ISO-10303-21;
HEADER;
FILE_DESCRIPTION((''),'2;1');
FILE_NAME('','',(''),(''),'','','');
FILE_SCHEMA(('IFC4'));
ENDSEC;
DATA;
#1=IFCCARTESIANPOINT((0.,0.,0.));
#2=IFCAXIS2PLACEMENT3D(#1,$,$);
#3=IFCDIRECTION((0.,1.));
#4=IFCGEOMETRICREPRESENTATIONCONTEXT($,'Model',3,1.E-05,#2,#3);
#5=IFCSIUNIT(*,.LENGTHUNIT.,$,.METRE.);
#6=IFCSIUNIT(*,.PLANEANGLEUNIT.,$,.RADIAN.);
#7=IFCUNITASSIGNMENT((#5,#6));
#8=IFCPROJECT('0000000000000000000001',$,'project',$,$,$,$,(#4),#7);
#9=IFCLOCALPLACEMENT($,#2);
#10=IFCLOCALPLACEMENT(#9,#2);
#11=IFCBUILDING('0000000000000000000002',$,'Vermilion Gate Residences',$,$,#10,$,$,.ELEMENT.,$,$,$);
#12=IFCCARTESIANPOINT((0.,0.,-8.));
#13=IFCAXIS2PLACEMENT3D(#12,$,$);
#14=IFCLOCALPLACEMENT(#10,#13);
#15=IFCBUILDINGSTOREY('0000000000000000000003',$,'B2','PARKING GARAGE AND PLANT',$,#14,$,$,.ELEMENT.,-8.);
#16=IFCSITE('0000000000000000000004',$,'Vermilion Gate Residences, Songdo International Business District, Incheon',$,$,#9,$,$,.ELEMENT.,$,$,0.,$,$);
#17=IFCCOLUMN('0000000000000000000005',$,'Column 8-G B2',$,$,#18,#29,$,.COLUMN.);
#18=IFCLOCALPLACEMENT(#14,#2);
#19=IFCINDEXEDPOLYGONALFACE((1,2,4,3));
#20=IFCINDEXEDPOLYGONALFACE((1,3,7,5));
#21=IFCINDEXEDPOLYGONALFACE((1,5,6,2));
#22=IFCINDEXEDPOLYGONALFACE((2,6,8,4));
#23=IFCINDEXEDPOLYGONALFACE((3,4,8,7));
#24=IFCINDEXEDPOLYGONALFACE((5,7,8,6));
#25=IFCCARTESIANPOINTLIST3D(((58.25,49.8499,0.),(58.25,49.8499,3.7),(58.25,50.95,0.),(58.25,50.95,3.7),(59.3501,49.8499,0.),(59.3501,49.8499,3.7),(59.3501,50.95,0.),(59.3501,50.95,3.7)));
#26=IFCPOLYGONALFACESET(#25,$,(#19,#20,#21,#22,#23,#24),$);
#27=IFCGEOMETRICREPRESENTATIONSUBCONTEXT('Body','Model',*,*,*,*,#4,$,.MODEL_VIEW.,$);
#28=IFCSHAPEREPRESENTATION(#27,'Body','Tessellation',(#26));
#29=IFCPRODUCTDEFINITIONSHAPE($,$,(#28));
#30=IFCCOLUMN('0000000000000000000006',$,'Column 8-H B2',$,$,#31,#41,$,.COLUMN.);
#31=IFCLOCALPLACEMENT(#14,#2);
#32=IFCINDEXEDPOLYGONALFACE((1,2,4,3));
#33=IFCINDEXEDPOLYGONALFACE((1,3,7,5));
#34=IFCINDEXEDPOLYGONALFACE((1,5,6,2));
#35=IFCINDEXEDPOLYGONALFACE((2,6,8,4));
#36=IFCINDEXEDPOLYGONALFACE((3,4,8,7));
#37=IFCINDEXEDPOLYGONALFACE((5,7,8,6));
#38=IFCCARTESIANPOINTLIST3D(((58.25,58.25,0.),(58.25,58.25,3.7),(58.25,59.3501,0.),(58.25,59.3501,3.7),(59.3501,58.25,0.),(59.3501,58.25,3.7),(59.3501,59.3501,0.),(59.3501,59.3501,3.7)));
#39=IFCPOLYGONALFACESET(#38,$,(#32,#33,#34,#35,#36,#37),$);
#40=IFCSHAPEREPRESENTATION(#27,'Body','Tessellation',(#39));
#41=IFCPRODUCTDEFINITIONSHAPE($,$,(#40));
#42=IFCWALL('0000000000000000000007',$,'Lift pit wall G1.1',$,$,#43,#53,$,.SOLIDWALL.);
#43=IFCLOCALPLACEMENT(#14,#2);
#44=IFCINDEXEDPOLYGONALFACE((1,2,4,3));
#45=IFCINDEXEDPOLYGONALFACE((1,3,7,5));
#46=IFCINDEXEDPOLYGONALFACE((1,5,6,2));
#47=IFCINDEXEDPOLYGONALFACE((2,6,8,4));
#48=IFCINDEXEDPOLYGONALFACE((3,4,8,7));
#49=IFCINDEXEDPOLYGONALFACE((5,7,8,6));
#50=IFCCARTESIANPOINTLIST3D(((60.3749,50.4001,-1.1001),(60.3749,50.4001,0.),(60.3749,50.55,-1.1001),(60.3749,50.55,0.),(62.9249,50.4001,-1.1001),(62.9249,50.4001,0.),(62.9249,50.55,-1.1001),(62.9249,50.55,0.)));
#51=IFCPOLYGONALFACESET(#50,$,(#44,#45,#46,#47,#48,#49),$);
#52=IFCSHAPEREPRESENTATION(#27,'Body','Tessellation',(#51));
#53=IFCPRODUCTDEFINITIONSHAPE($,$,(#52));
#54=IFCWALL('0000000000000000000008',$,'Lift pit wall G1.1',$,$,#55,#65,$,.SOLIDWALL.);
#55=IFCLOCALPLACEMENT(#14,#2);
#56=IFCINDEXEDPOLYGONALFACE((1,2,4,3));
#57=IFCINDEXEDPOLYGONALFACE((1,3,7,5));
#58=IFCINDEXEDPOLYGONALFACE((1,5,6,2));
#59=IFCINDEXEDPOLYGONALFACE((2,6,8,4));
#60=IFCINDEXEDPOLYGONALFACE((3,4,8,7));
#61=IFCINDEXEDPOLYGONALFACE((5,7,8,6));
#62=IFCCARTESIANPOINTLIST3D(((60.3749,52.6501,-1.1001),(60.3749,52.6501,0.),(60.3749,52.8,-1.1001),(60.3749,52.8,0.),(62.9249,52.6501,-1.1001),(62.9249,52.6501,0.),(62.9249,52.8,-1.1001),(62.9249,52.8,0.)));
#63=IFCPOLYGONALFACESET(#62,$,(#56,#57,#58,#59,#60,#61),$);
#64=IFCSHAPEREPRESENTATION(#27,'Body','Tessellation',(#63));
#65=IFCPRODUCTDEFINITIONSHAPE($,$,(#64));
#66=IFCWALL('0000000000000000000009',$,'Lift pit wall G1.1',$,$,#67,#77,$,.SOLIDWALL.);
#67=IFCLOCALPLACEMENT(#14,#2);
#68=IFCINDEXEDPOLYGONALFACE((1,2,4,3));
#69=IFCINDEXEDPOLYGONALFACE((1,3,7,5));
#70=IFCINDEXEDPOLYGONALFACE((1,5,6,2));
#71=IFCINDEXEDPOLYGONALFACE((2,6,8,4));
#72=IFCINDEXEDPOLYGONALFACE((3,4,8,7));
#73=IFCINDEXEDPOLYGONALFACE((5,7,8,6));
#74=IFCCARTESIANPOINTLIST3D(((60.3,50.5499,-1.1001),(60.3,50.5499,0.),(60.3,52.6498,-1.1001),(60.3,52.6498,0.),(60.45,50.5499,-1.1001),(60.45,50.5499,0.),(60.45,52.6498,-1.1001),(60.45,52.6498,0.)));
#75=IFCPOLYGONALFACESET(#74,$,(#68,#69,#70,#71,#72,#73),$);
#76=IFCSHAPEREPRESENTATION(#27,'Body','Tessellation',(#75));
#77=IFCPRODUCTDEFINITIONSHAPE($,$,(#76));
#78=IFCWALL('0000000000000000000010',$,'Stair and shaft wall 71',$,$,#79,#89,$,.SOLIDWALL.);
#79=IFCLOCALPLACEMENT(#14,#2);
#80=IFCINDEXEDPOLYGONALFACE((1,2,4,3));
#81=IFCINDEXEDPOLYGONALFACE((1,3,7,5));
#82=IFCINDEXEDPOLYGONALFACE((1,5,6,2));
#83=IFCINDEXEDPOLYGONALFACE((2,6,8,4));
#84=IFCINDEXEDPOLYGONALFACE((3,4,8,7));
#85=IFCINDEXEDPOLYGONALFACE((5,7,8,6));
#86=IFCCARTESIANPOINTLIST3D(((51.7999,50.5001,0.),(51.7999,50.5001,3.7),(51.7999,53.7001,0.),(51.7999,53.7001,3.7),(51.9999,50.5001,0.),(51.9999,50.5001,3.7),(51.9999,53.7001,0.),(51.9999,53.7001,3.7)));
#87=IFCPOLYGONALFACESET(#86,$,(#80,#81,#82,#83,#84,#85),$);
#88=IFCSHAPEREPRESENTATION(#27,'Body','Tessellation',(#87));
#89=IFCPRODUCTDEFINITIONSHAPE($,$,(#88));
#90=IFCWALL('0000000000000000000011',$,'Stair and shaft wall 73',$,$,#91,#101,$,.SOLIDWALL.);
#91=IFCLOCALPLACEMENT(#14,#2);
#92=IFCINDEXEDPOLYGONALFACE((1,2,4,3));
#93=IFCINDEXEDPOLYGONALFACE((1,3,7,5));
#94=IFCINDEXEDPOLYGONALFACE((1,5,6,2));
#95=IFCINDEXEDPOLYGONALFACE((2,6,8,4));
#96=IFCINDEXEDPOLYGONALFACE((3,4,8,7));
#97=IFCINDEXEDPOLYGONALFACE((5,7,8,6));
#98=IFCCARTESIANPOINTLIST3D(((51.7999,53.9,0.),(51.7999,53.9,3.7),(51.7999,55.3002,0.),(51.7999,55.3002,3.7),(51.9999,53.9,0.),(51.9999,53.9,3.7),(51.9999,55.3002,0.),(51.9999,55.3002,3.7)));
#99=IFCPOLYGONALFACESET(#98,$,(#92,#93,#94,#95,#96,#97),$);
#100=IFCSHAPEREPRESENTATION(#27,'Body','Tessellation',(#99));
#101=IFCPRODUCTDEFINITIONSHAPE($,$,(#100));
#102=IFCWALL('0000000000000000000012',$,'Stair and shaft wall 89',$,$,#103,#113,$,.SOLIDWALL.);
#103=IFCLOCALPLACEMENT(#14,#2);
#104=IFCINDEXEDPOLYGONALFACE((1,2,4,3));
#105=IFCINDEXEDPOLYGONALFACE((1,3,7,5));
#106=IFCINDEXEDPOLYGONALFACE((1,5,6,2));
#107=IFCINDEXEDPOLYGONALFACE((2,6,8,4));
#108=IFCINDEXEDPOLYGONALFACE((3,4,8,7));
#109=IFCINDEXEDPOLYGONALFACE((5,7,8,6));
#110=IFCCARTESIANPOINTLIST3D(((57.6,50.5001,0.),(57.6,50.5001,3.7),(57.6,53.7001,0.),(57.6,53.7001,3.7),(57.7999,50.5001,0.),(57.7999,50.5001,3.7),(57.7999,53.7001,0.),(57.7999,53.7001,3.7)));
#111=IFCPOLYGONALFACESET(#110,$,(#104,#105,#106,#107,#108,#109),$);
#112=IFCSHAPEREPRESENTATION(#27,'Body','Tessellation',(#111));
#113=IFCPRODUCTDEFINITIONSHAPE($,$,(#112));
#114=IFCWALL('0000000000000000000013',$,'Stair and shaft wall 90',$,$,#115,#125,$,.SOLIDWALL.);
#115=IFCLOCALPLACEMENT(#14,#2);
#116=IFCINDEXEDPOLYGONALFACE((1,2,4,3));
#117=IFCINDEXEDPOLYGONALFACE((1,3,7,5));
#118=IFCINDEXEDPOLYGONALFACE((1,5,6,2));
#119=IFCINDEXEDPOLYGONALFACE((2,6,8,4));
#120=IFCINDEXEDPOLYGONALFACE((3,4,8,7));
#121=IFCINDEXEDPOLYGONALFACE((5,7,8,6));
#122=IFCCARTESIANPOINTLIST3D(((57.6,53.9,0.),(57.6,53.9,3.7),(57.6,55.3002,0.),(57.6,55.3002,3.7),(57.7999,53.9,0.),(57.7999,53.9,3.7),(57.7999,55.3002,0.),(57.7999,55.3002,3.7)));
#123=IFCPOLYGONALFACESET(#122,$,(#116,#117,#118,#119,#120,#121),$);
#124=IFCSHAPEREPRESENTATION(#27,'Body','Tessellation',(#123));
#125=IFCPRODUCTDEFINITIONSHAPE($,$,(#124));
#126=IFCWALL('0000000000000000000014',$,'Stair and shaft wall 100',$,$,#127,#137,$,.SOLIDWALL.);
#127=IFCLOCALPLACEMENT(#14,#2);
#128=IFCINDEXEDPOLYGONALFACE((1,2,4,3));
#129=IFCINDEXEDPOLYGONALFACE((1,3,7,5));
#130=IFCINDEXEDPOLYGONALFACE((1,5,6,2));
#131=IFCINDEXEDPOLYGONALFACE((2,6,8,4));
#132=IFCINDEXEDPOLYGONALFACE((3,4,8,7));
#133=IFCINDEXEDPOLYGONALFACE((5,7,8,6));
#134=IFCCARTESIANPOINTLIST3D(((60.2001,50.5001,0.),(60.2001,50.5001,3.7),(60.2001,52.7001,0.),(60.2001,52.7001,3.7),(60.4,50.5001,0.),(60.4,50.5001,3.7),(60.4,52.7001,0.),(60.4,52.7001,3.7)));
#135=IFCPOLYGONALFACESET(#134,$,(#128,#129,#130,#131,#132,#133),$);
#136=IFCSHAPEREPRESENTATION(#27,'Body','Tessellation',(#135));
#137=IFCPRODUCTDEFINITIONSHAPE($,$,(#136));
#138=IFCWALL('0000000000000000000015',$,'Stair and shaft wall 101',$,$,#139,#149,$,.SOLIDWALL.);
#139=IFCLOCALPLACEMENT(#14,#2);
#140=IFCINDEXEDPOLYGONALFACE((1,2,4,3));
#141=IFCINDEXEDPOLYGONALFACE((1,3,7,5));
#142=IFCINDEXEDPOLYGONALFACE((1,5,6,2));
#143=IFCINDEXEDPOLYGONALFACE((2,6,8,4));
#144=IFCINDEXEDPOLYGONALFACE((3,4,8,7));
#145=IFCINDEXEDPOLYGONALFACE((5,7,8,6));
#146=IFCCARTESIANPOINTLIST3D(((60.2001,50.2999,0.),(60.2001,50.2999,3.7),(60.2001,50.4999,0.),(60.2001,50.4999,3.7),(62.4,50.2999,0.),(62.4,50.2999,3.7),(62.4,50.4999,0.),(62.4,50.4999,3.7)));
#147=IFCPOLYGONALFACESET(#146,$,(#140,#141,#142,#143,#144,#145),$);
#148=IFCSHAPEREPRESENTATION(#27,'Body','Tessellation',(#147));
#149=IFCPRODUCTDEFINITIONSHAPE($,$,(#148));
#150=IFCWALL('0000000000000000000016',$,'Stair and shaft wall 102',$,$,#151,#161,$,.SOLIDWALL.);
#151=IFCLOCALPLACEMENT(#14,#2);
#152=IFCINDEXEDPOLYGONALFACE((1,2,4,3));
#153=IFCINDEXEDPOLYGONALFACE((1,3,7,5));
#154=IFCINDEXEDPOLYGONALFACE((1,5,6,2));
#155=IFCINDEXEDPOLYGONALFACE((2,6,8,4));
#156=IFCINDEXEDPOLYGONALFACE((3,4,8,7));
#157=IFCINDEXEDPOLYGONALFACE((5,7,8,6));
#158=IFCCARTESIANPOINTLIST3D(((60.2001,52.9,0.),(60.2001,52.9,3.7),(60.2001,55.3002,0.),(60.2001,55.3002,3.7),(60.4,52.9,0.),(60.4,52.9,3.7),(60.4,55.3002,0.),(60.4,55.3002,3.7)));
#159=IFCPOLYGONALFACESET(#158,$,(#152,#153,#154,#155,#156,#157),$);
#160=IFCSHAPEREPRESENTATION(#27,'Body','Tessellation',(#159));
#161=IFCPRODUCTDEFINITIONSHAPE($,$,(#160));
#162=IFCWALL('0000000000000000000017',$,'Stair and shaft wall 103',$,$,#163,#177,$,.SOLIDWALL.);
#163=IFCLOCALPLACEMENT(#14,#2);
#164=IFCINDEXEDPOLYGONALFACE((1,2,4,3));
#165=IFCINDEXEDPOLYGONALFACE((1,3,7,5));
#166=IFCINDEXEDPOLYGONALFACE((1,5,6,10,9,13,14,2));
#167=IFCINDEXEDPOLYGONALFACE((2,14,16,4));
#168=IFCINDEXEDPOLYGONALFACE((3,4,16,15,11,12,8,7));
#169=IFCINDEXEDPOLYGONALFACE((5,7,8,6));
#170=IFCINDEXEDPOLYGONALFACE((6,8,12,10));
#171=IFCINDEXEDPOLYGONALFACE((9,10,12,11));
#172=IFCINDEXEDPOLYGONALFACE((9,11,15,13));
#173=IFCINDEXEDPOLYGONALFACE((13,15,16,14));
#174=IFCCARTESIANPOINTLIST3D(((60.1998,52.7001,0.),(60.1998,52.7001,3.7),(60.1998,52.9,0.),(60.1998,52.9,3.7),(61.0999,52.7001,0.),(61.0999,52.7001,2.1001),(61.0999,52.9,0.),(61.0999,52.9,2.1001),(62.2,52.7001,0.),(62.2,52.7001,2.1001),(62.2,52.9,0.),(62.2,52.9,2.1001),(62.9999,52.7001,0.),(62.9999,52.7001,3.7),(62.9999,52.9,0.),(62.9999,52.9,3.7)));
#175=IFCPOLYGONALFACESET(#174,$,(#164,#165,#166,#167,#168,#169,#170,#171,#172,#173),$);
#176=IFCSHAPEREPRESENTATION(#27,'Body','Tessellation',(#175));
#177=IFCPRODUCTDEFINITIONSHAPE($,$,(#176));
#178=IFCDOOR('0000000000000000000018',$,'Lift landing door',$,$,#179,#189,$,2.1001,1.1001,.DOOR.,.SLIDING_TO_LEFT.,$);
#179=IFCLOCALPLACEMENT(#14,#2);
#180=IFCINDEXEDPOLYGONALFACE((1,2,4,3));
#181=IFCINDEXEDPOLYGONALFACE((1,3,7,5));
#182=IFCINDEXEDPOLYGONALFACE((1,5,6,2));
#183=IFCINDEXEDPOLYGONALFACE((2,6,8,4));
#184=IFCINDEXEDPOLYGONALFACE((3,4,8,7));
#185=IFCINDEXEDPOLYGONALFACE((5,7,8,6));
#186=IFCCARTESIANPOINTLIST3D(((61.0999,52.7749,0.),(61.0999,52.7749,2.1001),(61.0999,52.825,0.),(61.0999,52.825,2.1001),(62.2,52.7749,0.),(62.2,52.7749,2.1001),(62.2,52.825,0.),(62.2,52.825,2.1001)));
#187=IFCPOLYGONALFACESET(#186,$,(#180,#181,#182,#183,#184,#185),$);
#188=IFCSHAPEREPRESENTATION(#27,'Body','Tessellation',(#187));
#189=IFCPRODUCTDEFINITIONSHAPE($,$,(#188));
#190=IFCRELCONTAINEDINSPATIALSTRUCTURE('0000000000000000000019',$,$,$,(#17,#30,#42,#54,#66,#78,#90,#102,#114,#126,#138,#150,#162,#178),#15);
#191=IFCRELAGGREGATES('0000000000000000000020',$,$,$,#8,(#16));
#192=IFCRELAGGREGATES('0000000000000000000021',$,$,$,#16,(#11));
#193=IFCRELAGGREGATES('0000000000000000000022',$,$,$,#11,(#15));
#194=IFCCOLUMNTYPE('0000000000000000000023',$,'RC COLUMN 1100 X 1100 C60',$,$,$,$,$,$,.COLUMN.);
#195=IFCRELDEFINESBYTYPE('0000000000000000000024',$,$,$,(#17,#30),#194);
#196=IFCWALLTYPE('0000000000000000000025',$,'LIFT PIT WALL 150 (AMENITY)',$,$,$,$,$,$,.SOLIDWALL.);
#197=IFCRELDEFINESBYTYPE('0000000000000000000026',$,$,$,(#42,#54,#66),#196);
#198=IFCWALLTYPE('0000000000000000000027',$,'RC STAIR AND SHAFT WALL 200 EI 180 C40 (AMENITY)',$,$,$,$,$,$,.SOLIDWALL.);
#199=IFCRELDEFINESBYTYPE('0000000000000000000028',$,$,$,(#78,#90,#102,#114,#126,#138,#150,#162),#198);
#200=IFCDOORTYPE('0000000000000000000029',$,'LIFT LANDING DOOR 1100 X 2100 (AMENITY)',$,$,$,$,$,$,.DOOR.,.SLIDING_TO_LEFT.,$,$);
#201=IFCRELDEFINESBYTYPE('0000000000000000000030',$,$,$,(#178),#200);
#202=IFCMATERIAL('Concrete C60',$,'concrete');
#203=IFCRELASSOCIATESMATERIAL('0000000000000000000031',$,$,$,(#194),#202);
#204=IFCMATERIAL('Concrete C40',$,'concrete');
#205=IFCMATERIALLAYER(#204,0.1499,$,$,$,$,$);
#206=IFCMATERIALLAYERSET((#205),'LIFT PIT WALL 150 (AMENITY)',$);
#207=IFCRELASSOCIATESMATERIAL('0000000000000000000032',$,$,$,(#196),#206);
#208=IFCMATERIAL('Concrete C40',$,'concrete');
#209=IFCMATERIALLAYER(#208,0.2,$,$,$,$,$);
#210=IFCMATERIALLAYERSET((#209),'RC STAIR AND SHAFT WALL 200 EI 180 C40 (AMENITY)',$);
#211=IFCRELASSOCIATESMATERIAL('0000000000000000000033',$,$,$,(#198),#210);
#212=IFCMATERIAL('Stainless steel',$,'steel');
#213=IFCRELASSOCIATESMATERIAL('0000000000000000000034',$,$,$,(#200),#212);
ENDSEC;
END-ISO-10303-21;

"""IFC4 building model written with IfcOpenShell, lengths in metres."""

from ifc_helpers import new_model, si_unit, direction, frame, frame_2d, origin, origin_2d, place, context, subcontext, project, spatial, rectangle, extrude, material, layer, layer_set, material_profile, profile_set, type_object, element, fill, save


model = new_model("IFC4")

# Units and contexts
model_context = context("Model", 3, precision=1e-05, world=origin(), true_north=direction((0.0, 1.0)))
body_context = subcontext(model_context, "Body", "Model", "MODEL_VIEW")
ifc_project = project(units=[si_unit("LENGTHUNIT", "METRE"), si_unit("PLANEANGLEUNIT", "RADIAN")], contexts=[model_context])

# Site, building, storey
site_placement = place(None, origin())
site = spatial("IfcSite", under=ifc_project, at=site_placement, Name="Vermilion Gate Residences, Songdo International Business District, Incheon", CompositionType="ELEMENT", RefElevation=0.0)
building_placement = place(site_placement, origin())
building = spatial("IfcBuilding", under=site, at=building_placement, Name="Vermilion Gate Residences", CompositionType="ELEMENT")
storey_placement = place(building_placement, frame((0.0, 0.0, -8.0)))
storey = spatial("IfcBuildingStorey", under=building, at=storey_placement, Name="B2", Description="PARKING GARAGE AND PLANT", CompositionType="ELEMENT", Elevation=-8.0)

# Columns
ifc_material_1 = material(Name="Concrete C60", Category="concrete")
ifc_material_profile = material_profile(ifc_material_1, rectangle(XDim=1.1001, YDim=1.1001, at=origin_2d()), Name="RC-1100x1100")
ifc_profile_set = profile_set([ifc_material_profile], Name="Concrete C60")
column_type = type_object("IfcColumnType", Name="RC COLUMN 1100 X 1100 C60", PredefinedType="COLUMN", material=ifc_profile_set)
for number, where, z_axis, x_axis, name in (
    (1, (58.8, 50.3999, 0.0), (0.0, 0.0, 1.0), (1.0, 0.0, 0.0), "Column 8-G B2"),
    (2, (58.8, 58.8, 0.0), (0.0, 0.0, 1.0), (1.0, 0.0, 0.0), "Column 8-H B2"),
):
    element("IfcColumn", number, at=place(storey_placement, frame(where, z_axis=z_axis, x_axis=x_axis)), inside=storey, type_object=column_type, Name=name, PredefinedType="COLUMN", context=body_context, shape_type="SweptSolid", body=[
        extrude(rectangle(XDim=1.1001, YDim=1.1001, at=origin_2d()), origin(), (0.0, 0.0, 1.0), 3.7),
    ])

# Walls
ifc_material_2 = material(Name="Concrete C40", Category="concrete")
ifc_layer_1 = layer(ifc_material_2, 0.1499)
ifc_layer_set_1 = layer_set([ifc_layer_1], Name="LIFT PIT WALL 150 (AMENITY)")
wall_type_1 = type_object("IfcWallType", Name="LIFT PIT WALL 150 (AMENITY)", PredefinedType="SOLIDWALL", material=ifc_layer_set_1)
for number, where, z_axis, x_axis, name in (
    (3, (60.375, 50.4751, -1.1001), (0.0, 0.0, 1.0), (1.0, 0.0, 0.0), "Lift pit wall G1.1"),
    (4, (60.375, 52.7251, -1.1001), (0.0, 0.0, 1.0), (1.0, 0.0, 0.0), "Lift pit wall G1.1"),
):
    element("IfcWall", number, at=place(storey_placement, frame(where, z_axis=z_axis, x_axis=x_axis)), inside=storey, type_object=wall_type_1, Name=name, PredefinedType="SOLIDWALL", context=body_context, shape_type="SweptSolid", body=[
        extrude(rectangle(XDim=2.55, YDim=0.1499, at=frame_2d((1.2749, 0.0))), origin(), (0.0, 0.0, 1.0), 1.1001),
    ])
wall_1_placement = place(storey_placement, frame((60.375, 50.55, -1.1001), z_axis=(0.0, 0.0, 1.0), x_axis=(0.0, 1.0, 0.0)))
element("IfcWall", 5, at=wall_1_placement, inside=storey, type_object=wall_type_1, Name="Lift pit wall G1.1", PredefinedType="SOLIDWALL", context=body_context, shape_type="SweptSolid", body=[
    extrude(rectangle(XDim=2.0999, YDim=0.1499, at=frame_2d((1.0498, 0.0))), origin(), (0.0, 0.0, 1.0), 1.1001),
])
ifc_material_3 = material(Name="Concrete C40", Category="concrete")
ifc_layer_2 = layer(ifc_material_3, 0.2)
ifc_layer_set_2 = layer_set([ifc_layer_2], Name="RC STAIR AND SHAFT WALL 200 EI 180 C40 (AMENITY)")
wall_type_2 = type_object("IfcWallType", Name="RC STAIR AND SHAFT WALL 200 EI 180 C40 (AMENITY)", PredefinedType="SOLIDWALL", material=ifc_layer_set_2)
wall_2_placement = place(storey_placement, frame((51.8999, 50.5, 0.0), z_axis=(0.0, 0.0, 1.0), x_axis=(0.0, 1.0, 0.0)))
element("IfcWall", 6, at=wall_2_placement, inside=storey, type_object=wall_type_2, Name="Stair and shaft wall 71", PredefinedType="SOLIDWALL", context=body_context, shape_type="SweptSolid", body=[
    extrude(rectangle(XDim=3.2, YDim=0.2, at=frame_2d((1.6001, 0.0))), origin(), (0.0, 0.0, 1.0), 3.7),
])
wall_3_placement = place(storey_placement, frame((51.8999, 53.8999, 0.0), z_axis=(0.0, 0.0, 1.0), x_axis=(0.0, 1.0, 0.0)))
element("IfcWall", 7, at=wall_3_placement, inside=storey, type_object=wall_type_2, Name="Stair and shaft wall 73", PredefinedType="SOLIDWALL", context=body_context, shape_type="SweptSolid", body=[
    extrude(rectangle(XDim=1.4001, YDim=0.2, at=frame_2d((0.7002, 0.0))), origin(), (0.0, 0.0, 1.0), 3.7),
])
wall_4_placement = place(storey_placement, frame((57.7, 50.5, 0.0), z_axis=(0.0, 0.0, 1.0), x_axis=(0.0, 1.0, 0.0)))
element("IfcWall", 8, at=wall_4_placement, inside=storey, type_object=wall_type_2, Name="Stair and shaft wall 89", PredefinedType="SOLIDWALL", context=body_context, shape_type="SweptSolid", body=[
    extrude(rectangle(XDim=3.2, YDim=0.2, at=frame_2d((1.6001, 0.0))), origin(), (0.0, 0.0, 1.0), 3.7),
])
wall_5_placement = place(storey_placement, frame((57.7, 53.8999, 0.0), z_axis=(0.0, 0.0, 1.0), x_axis=(0.0, 1.0, 0.0)))
element("IfcWall", 9, at=wall_5_placement, inside=storey, type_object=wall_type_2, Name="Stair and shaft wall 90", PredefinedType="SOLIDWALL", context=body_context, shape_type="SweptSolid", body=[
    extrude(rectangle(XDim=1.4001, YDim=0.2, at=frame_2d((0.7002, 0.0))), origin(), (0.0, 0.0, 1.0), 3.7),
])
for number, where, z_axis, x_axis, name in (
    (10, (60.3, 50.5, 0.0), (0.0, 0.0, 1.0), (0.0, 1.0, 0.0), "Stair and shaft wall 100"),
    (11, (60.2, 50.3999, 0.0), (0.0, 0.0, 1.0), (1.0, 0.0, 0.0), "Stair and shaft wall 101"),
):
    element("IfcWall", number, at=place(storey_placement, frame(where, z_axis=z_axis, x_axis=x_axis)), inside=storey, type_object=wall_type_2, Name=name, PredefinedType="SOLIDWALL", context=body_context, shape_type="SweptSolid", body=[
        extrude(rectangle(XDim=2.2, YDim=0.2, at=frame_2d((1.1001, 0.0))), origin(), (0.0, 0.0, 1.0), 3.7),
    ])
wall_6_placement = place(storey_placement, frame((60.3, 52.8999, 0.0), z_axis=(0.0, 0.0, 1.0), x_axis=(0.0, 1.0, 0.0)))
element("IfcWall", 12, at=wall_6_placement, inside=storey, type_object=wall_type_2, Name="Stair and shaft wall 102", PredefinedType="SOLIDWALL", context=body_context, shape_type="SweptSolid", body=[
    extrude(rectangle(XDim=2.4001, YDim=0.2, at=frame_2d((1.2002, 0.0))), origin(), (0.0, 0.0, 1.0), 3.7),
])

# Wall, opening, door
wall_7_placement = place(storey_placement, frame((60.2, 52.8, 0.0), z_axis=(0.0, 0.0, 1.0), x_axis=(1.0, 0.0, 0.0)))
wall_7 = element("IfcWall", 13, at=wall_7_placement, inside=storey, type_object=wall_type_2, Name="Stair and shaft wall 103", PredefinedType="SOLIDWALL", context=body_context, shape_type="SweptSolid", body=[
    extrude(rectangle(XDim=2.8, YDim=0.2, at=frame_2d((1.3999, 0.0))), origin(), (0.0, 0.0, 1.0), 3.7),
])
opening_1_placement = place(wall_7_placement, frame((0.8999, 0.0, 0.0)))
opening_1 = element("IfcOpeningElement", 14, at=opening_1_placement, cuts=wall_7, PredefinedType="OPENING", context=body_context, shape_type="SweptSolid", body=[
    extrude(rectangle(XDim=1.1001, YDim=2.1001, at=frame_2d((0.55, 1.05))), frame((0.0, 0.1099, 0.0), z_axis=(0.0, -1.0, 0.0), x_axis=(1.0, 0.0, 0.0)), (0.0, 0.0, 1.0), 0.22),
])
ifc_material_4 = material(Name="Stainless steel", Category="steel")
door_type_1 = type_object("IfcDoorType", Name="LIFT LANDING DOOR 1100 X 2100 (AMENITY)", OperationType="SLIDING_TO_LEFT", PredefinedType="DOOR", material=ifc_material_4)
door_1_placement = place(opening_1_placement, origin())
door_1 = element("IfcDoor", 15, at=door_1_placement, inside=storey, type_object=door_type_1, Name="Lift landing door", OperationType="SLIDING_TO_LEFT", OverallHeight=2.1001, OverallWidth=1.1001, PredefinedType="DOOR", context=body_context, shape_type="SweptSolid", body=[
    extrude(rectangle(XDim=1.1001, YDim=2.1001, at=frame_2d((0.55, 1.05))), frame((0.0, 0.0249, 0.0), z_axis=(0.0, -1.0, 0.0), x_axis=(1.0, 0.0, 0.0)), (0.0, 0.0, 1.0), 0.05),
])
fill(opening_1, door_1)

save(model, "model.ifc")
